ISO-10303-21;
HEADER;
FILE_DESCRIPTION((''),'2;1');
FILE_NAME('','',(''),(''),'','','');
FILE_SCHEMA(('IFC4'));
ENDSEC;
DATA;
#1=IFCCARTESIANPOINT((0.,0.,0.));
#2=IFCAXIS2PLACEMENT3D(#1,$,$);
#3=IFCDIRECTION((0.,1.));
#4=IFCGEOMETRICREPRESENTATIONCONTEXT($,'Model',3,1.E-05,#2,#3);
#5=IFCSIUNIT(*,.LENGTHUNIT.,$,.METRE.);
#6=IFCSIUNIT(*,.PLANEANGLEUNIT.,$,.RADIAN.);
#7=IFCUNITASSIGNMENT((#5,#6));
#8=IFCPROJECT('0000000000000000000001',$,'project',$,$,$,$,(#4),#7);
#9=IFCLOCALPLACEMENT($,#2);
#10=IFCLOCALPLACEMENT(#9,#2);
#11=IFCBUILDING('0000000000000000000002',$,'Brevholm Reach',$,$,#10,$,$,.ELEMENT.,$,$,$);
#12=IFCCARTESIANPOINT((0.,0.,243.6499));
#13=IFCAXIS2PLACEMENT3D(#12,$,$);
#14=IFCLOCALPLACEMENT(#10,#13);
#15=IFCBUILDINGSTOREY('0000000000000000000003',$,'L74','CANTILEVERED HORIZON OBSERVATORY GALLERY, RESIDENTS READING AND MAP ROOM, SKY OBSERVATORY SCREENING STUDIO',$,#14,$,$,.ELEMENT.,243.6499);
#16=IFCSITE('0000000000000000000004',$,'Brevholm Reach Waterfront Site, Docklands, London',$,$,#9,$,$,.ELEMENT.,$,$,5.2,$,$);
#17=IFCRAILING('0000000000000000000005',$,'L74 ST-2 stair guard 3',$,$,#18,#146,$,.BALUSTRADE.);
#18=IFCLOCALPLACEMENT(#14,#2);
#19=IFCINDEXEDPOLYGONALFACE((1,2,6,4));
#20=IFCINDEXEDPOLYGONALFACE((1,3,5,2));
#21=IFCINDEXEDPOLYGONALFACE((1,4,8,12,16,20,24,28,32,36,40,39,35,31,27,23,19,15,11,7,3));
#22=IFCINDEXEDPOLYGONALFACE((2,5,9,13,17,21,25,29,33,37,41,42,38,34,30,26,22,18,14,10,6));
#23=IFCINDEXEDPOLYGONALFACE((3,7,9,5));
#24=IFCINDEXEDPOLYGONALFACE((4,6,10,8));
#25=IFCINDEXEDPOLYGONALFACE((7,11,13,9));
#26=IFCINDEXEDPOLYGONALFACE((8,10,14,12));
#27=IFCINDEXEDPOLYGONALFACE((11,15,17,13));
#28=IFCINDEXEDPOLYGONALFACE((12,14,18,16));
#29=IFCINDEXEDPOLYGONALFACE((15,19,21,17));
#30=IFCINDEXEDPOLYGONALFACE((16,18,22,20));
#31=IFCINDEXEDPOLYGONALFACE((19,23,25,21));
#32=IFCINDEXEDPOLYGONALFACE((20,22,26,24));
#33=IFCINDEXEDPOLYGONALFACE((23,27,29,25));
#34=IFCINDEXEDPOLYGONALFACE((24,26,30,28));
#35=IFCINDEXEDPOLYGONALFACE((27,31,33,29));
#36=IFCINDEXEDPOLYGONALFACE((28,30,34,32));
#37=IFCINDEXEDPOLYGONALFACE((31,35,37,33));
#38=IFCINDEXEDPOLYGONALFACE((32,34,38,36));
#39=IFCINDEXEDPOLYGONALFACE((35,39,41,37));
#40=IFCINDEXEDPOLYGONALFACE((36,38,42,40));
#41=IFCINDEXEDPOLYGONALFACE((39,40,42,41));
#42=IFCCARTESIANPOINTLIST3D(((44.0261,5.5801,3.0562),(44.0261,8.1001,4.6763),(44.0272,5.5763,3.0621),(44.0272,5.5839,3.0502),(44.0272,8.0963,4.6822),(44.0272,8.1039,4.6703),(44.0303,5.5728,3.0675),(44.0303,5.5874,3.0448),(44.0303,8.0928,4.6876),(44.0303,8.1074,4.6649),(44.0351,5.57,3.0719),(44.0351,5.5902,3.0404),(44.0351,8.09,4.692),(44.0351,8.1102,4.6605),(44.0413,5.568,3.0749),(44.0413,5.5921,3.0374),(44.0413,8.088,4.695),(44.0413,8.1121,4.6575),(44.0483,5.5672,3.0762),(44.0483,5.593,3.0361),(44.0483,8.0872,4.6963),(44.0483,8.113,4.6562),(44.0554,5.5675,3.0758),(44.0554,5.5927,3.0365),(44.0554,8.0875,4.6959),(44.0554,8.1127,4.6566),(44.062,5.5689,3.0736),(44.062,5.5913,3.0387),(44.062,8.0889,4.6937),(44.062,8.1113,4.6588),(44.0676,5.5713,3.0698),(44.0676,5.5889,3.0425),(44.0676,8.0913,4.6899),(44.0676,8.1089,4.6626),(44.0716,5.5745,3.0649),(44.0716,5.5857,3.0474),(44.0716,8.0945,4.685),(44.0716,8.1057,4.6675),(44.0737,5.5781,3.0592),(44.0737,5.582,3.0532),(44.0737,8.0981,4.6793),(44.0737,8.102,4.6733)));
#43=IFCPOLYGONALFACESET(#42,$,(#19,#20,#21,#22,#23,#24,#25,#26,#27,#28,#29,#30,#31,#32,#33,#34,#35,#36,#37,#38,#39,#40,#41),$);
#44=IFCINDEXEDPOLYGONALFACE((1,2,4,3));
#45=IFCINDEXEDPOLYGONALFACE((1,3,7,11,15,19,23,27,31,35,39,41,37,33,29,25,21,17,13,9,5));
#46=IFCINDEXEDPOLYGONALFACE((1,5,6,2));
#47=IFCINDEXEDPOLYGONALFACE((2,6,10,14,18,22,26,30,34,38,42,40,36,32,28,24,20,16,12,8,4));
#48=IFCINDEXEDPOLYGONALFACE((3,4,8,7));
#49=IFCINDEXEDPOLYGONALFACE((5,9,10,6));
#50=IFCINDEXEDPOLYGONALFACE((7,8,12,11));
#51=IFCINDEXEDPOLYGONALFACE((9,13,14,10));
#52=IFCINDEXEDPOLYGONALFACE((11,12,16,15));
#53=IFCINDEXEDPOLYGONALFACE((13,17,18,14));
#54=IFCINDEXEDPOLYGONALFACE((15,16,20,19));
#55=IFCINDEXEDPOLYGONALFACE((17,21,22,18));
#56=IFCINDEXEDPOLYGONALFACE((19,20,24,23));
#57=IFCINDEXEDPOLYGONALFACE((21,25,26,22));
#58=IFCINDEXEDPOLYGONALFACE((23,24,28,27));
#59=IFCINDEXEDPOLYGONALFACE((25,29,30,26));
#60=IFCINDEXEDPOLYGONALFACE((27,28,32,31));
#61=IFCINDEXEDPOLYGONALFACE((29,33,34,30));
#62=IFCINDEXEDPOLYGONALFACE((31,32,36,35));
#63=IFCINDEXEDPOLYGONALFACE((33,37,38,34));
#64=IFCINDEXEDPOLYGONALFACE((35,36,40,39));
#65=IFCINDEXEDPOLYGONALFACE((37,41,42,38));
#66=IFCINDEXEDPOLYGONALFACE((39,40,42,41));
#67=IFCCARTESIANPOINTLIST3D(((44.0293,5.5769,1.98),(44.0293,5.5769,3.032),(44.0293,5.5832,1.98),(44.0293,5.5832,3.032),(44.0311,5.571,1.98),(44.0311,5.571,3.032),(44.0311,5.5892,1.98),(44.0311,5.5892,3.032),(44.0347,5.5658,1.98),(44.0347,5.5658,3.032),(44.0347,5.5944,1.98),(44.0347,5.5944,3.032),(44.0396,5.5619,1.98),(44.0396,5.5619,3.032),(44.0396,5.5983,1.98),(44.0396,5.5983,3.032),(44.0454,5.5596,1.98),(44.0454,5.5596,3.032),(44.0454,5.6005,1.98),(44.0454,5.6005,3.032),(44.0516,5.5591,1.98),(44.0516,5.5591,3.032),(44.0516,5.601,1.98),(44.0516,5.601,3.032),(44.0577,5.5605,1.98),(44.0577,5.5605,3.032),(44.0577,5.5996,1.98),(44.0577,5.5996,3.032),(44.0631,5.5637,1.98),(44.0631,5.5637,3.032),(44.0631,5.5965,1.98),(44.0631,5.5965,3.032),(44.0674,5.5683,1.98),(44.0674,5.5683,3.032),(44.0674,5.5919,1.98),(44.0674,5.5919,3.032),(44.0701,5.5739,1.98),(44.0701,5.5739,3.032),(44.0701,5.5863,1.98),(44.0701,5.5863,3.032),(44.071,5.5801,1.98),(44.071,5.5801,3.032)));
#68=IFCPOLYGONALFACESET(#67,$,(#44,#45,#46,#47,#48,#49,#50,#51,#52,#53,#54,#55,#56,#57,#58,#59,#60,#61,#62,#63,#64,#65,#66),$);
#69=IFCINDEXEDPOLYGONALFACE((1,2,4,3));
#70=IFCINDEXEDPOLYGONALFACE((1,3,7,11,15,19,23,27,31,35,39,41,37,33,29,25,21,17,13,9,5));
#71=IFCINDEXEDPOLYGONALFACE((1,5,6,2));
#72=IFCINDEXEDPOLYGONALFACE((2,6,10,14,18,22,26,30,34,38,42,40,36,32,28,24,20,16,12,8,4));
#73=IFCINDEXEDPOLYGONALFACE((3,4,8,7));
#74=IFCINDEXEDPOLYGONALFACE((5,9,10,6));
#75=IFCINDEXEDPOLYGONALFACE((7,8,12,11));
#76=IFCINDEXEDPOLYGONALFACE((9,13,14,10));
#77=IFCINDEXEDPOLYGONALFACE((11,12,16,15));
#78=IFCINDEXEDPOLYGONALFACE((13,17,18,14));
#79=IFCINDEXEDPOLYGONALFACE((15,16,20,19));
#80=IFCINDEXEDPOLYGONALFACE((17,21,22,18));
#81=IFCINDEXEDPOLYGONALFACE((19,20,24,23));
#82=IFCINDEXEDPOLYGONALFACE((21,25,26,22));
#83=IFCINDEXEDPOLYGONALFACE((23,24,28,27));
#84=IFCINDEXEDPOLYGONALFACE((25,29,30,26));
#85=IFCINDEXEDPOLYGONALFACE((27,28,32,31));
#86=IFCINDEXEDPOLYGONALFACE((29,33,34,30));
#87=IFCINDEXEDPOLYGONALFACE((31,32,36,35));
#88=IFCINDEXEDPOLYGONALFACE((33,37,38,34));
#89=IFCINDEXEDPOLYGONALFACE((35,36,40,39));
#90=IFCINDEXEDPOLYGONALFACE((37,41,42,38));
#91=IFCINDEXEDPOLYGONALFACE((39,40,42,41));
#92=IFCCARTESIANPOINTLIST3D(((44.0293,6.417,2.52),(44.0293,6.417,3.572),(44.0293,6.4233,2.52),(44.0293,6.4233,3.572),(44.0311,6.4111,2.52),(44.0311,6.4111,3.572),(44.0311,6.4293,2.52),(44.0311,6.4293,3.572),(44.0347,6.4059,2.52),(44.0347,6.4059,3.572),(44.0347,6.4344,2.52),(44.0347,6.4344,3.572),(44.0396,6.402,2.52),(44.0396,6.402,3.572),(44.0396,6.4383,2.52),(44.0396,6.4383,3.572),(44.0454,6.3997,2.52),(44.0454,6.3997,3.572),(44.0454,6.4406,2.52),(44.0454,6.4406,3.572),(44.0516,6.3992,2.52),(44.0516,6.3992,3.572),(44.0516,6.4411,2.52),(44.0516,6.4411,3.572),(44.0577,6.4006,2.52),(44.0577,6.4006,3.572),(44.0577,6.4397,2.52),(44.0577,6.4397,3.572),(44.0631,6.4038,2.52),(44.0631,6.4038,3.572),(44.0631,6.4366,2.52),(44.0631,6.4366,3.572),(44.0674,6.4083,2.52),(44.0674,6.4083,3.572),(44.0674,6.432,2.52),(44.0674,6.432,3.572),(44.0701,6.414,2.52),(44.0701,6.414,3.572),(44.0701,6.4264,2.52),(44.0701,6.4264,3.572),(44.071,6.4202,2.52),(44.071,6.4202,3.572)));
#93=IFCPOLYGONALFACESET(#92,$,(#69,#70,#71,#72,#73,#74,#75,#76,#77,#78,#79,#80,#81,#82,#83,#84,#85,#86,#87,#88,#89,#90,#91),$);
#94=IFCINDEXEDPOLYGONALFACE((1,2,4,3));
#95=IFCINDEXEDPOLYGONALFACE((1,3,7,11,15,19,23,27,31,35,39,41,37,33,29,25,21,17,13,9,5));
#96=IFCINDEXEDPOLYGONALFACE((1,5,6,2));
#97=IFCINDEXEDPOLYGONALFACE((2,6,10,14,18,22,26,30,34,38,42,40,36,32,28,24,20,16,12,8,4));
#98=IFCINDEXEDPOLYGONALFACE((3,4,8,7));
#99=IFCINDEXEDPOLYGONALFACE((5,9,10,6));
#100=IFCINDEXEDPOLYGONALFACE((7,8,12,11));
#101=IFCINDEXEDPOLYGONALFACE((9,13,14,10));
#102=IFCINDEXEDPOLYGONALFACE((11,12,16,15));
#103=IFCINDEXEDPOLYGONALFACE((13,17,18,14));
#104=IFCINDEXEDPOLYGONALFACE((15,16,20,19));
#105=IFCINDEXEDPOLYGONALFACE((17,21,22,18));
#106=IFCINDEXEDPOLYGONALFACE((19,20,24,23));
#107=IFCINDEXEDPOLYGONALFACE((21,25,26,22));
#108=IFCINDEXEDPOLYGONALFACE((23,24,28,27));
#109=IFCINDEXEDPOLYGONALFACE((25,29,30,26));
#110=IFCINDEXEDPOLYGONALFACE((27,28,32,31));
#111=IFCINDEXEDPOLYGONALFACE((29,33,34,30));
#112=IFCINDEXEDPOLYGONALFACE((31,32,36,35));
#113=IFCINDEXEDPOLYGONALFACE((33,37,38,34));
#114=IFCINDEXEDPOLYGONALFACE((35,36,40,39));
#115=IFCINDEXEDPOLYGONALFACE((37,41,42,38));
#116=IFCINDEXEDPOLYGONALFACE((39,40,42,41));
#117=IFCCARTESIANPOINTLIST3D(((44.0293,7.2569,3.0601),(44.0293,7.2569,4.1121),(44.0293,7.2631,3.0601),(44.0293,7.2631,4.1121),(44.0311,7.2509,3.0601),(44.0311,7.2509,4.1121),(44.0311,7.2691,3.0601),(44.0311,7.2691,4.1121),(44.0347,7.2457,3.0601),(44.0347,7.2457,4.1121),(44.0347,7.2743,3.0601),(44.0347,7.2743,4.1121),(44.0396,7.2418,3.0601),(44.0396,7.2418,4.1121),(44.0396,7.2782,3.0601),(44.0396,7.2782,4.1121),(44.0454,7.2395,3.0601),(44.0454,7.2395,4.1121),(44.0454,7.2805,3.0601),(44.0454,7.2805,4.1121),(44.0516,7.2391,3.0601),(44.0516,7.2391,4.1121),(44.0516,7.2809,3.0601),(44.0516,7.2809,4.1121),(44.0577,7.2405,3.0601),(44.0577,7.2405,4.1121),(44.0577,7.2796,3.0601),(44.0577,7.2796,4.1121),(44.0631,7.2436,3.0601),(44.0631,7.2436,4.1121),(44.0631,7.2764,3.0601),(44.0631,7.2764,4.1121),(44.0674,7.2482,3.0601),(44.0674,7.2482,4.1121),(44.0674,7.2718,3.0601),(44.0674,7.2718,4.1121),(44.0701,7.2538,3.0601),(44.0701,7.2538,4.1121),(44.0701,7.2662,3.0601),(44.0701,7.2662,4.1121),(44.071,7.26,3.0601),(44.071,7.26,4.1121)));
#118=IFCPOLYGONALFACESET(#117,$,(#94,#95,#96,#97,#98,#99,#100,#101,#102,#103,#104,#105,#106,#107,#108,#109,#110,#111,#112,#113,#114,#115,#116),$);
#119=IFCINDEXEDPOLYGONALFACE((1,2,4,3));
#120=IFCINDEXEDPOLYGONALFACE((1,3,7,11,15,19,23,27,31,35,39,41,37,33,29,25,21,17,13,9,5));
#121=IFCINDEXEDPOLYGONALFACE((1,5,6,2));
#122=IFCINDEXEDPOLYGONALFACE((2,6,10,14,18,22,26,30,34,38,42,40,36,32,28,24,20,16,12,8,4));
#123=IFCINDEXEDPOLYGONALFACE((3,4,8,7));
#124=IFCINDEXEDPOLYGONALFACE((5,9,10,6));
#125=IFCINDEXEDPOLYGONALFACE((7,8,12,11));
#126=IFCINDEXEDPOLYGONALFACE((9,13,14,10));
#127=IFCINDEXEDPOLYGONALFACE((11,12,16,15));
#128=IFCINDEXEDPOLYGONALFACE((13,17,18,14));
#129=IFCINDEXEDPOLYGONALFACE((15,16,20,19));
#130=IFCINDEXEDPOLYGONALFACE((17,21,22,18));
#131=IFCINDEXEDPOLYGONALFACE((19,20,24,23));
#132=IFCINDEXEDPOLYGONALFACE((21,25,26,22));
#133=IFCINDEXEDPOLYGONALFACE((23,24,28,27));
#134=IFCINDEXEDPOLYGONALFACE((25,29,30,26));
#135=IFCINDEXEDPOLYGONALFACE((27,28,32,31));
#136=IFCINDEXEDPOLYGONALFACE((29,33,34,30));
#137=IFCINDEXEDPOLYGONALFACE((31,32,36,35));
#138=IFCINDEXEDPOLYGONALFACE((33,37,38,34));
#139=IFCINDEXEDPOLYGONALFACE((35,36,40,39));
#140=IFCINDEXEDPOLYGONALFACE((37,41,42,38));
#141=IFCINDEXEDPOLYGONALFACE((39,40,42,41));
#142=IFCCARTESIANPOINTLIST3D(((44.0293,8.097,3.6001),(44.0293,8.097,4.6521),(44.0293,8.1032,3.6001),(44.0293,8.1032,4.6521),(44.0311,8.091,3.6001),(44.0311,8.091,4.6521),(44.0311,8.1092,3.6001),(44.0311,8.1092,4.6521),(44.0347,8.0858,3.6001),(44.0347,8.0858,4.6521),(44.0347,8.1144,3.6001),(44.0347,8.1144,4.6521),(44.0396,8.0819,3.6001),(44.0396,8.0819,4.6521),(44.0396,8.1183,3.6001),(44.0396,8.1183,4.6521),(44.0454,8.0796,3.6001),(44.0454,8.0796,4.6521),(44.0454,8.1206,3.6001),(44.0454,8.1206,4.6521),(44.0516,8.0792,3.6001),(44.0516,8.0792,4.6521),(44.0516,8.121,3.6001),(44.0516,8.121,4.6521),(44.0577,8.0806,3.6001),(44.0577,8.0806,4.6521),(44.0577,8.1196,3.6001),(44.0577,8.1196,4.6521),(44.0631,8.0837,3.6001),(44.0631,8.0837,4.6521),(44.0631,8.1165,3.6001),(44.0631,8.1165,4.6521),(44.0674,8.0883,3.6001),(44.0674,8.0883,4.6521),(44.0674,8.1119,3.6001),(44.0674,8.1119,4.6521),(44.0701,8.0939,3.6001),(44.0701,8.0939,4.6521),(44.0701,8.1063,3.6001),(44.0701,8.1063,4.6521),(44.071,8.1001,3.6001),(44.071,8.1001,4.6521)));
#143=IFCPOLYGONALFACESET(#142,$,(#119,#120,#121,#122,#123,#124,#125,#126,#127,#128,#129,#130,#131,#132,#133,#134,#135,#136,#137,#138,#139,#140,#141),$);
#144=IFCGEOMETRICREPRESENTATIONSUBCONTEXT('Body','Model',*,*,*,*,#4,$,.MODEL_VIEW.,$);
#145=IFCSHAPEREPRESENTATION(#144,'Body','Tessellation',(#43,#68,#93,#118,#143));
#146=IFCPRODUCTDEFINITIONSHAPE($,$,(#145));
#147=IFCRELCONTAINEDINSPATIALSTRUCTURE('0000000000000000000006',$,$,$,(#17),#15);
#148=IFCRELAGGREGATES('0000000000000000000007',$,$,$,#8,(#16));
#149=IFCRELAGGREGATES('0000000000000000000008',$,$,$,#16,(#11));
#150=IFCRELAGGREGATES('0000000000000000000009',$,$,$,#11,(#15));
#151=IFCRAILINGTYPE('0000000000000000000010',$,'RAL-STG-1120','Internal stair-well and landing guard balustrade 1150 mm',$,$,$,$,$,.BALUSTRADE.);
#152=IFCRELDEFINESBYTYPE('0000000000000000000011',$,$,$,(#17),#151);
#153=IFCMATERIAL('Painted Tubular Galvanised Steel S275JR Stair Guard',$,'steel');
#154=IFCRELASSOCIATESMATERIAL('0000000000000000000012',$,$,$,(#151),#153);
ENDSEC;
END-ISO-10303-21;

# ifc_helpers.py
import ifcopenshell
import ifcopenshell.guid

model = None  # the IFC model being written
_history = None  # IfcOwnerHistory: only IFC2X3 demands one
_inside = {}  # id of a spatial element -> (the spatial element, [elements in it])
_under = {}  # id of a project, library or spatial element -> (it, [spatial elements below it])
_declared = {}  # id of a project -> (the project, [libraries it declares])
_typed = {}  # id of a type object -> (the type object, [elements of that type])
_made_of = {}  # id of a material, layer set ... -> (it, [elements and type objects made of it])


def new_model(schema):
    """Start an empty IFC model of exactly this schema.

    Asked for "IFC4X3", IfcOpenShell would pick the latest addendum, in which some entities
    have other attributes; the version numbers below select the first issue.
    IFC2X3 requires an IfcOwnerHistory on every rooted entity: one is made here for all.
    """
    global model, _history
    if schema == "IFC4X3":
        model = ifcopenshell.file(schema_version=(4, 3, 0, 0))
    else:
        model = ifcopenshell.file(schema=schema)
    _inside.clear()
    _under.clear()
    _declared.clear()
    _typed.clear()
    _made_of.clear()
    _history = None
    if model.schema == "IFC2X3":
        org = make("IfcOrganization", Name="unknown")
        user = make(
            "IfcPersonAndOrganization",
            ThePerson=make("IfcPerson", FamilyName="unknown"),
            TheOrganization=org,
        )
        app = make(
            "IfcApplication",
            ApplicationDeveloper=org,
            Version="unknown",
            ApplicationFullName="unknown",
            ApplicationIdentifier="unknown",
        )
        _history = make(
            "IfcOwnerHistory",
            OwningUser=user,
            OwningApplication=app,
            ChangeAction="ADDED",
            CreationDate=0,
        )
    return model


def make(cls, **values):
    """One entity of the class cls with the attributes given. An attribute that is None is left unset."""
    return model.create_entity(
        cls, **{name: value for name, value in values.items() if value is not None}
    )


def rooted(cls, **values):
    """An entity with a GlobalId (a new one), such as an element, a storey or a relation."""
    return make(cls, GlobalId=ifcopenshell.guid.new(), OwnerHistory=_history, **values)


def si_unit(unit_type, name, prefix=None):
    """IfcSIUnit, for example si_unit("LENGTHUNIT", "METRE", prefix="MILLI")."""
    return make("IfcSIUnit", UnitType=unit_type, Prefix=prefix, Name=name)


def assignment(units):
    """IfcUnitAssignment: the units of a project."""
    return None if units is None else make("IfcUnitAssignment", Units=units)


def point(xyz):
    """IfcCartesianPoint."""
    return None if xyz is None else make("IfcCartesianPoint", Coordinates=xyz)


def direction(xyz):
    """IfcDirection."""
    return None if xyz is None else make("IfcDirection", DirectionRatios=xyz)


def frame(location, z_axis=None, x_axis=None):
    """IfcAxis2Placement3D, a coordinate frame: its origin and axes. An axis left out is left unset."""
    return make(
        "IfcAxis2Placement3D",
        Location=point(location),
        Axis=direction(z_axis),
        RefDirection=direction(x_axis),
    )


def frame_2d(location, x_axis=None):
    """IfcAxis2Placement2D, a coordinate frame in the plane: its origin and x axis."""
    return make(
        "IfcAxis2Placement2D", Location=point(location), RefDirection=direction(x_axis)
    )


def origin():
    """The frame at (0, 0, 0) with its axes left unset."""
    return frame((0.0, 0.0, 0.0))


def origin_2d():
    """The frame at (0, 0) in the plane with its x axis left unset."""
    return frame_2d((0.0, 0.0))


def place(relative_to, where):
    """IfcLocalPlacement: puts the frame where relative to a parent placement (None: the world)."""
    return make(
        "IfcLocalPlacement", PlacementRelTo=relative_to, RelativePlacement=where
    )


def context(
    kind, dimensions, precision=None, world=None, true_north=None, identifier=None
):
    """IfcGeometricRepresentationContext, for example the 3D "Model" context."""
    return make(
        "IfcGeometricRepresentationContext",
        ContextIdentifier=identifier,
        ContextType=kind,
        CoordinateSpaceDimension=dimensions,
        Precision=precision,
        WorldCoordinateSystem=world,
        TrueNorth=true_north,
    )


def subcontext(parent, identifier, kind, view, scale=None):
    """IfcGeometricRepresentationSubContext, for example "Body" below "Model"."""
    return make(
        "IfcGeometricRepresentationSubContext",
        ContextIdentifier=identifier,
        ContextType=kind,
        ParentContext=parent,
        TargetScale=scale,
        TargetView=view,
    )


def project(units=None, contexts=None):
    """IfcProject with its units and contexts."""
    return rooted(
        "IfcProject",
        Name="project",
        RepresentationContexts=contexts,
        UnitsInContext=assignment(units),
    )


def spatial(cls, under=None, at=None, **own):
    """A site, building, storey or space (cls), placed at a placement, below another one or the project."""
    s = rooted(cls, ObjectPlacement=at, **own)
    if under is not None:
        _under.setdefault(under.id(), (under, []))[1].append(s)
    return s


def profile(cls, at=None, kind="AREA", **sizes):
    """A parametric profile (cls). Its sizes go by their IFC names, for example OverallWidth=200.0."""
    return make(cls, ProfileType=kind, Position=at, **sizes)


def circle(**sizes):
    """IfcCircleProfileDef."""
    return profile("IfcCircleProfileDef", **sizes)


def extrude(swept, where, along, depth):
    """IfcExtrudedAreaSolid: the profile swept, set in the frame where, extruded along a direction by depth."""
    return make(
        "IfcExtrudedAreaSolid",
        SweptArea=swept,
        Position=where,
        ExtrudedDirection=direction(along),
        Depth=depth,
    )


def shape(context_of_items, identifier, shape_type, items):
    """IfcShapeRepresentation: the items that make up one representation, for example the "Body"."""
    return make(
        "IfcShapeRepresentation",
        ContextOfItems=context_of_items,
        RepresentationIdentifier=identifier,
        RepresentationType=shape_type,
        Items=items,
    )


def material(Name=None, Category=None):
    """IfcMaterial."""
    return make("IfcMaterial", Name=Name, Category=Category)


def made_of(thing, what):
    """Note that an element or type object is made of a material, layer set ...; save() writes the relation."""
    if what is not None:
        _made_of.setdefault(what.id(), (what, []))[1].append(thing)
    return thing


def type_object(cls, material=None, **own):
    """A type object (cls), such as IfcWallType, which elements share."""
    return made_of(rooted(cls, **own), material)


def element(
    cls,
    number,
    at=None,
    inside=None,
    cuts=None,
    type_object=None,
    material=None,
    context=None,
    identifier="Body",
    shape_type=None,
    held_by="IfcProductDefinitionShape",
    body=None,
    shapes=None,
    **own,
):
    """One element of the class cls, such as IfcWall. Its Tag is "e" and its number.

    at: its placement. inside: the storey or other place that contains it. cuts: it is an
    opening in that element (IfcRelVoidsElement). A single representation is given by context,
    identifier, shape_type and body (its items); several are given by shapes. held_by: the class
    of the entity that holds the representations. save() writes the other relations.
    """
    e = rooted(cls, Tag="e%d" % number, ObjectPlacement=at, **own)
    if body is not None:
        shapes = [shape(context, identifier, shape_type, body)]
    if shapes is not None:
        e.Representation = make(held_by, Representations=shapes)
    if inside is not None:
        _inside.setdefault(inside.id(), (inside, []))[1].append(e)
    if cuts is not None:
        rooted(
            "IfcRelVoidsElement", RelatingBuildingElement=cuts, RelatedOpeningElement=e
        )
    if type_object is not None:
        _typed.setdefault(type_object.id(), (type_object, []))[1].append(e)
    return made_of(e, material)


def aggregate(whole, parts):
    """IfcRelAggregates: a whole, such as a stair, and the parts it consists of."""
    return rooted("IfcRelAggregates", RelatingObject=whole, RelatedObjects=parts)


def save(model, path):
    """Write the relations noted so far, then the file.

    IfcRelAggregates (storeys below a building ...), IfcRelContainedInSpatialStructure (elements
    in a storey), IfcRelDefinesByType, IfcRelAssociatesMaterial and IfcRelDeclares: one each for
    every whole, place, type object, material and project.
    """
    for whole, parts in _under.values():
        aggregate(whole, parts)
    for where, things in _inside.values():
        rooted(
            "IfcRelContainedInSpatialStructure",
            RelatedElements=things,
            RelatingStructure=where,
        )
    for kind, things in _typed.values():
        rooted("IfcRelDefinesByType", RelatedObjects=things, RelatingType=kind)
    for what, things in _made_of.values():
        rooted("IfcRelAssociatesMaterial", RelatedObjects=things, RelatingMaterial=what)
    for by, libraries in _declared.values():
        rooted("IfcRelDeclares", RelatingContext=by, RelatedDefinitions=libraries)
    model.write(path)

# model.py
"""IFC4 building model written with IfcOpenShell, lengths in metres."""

from ifc_helpers import new_model, si_unit, direction, frame, origin, origin_2d, place, context, subcontext, project, spatial, circle, extrude, material, type_object, element, save


model = new_model("IFC4")

# Units and contexts
model_context = context("Model", 3, precision=1e-05, world=origin(), true_north=direction((0.0, 1.0)))
body_context = subcontext(model_context, "Body", "Model", "MODEL_VIEW")
ifc_project = project(units=[si_unit("LENGTHUNIT", "METRE"), si_unit("PLANEANGLEUNIT", "RADIAN")], contexts=[model_context])

# Site, building, storey
site_placement = place(None, origin())
site = spatial("IfcSite", under=ifc_project, at=site_placement, Name="Brevholm Reach Waterfront Site, Docklands, London", CompositionType="ELEMENT", RefElevation=5.2)
building_placement = place(site_placement, origin())
building = spatial("IfcBuilding", under=site, at=building_placement, Name="Brevholm Reach", CompositionType="ELEMENT")
storey_placement = place(building_placement, frame((0.0, 0.0, 243.6499)))
storey = spatial("IfcBuildingStorey", under=building, at=storey_placement, Name="L74", Description="CANTILEVERED HORIZON OBSERVATORY GALLERY, RESIDENTS READING AND MAP ROOM, SKY OBSERVATORY SCREENING STUDIO", CompositionType="ELEMENT", Elevation=243.6499)

# Railing
ifc_material_1 = material(Name="Painted Tubular Galvanised Steel S275JR Stair Guard", Category="steel")
railing_type_1 = type_object("IfcRailingType", Name="RAL-STG-1120", Description="Internal stair-well and landing guard balustrade 1150 mm", PredefinedType="BALUSTRADE", material=ifc_material_1)
railing_1_placement = place(storey_placement, frame((44.05, 5.5801, 1.98)))
element("IfcRailing", 1, at=railing_1_placement, inside=storey, type_object=railing_type_1, Name="L74 ST-2 stair guard 3", PredefinedType="BALUSTRADE", context=body_context, shape_type="SweptSolid", body=[
    extrude(circle(Radius=0.0239, at=origin_2d()), frame((0.0, 0.0, 1.0762), z_axis=(0.0, 0.841163, 0.540782), x_axis=(-1.0, 0.0, 0.0)), (0.0, 0.0, 1.0), 2.9958),
    extrude(circle(Radius=0.021, at=origin_2d()), origin(), (0.0, 0.0, 1.0), 1.052),
    extrude(circle(Radius=0.021, at=origin_2d()), frame((0.0, 0.8401, 0.54)), (0.0, 0.0, 1.0), 1.052),
    extrude(circle(Radius=0.021, at=origin_2d()), frame((0.0, 1.6799, 1.0801)), (0.0, 0.0, 1.0), 1.052),
    extrude(circle(Radius=0.021, at=origin_2d()), frame((0.0, 2.52, 1.6201)), (0.0, 0.0, 1.0), 1.052),
])

save(model, "model.ifc")
